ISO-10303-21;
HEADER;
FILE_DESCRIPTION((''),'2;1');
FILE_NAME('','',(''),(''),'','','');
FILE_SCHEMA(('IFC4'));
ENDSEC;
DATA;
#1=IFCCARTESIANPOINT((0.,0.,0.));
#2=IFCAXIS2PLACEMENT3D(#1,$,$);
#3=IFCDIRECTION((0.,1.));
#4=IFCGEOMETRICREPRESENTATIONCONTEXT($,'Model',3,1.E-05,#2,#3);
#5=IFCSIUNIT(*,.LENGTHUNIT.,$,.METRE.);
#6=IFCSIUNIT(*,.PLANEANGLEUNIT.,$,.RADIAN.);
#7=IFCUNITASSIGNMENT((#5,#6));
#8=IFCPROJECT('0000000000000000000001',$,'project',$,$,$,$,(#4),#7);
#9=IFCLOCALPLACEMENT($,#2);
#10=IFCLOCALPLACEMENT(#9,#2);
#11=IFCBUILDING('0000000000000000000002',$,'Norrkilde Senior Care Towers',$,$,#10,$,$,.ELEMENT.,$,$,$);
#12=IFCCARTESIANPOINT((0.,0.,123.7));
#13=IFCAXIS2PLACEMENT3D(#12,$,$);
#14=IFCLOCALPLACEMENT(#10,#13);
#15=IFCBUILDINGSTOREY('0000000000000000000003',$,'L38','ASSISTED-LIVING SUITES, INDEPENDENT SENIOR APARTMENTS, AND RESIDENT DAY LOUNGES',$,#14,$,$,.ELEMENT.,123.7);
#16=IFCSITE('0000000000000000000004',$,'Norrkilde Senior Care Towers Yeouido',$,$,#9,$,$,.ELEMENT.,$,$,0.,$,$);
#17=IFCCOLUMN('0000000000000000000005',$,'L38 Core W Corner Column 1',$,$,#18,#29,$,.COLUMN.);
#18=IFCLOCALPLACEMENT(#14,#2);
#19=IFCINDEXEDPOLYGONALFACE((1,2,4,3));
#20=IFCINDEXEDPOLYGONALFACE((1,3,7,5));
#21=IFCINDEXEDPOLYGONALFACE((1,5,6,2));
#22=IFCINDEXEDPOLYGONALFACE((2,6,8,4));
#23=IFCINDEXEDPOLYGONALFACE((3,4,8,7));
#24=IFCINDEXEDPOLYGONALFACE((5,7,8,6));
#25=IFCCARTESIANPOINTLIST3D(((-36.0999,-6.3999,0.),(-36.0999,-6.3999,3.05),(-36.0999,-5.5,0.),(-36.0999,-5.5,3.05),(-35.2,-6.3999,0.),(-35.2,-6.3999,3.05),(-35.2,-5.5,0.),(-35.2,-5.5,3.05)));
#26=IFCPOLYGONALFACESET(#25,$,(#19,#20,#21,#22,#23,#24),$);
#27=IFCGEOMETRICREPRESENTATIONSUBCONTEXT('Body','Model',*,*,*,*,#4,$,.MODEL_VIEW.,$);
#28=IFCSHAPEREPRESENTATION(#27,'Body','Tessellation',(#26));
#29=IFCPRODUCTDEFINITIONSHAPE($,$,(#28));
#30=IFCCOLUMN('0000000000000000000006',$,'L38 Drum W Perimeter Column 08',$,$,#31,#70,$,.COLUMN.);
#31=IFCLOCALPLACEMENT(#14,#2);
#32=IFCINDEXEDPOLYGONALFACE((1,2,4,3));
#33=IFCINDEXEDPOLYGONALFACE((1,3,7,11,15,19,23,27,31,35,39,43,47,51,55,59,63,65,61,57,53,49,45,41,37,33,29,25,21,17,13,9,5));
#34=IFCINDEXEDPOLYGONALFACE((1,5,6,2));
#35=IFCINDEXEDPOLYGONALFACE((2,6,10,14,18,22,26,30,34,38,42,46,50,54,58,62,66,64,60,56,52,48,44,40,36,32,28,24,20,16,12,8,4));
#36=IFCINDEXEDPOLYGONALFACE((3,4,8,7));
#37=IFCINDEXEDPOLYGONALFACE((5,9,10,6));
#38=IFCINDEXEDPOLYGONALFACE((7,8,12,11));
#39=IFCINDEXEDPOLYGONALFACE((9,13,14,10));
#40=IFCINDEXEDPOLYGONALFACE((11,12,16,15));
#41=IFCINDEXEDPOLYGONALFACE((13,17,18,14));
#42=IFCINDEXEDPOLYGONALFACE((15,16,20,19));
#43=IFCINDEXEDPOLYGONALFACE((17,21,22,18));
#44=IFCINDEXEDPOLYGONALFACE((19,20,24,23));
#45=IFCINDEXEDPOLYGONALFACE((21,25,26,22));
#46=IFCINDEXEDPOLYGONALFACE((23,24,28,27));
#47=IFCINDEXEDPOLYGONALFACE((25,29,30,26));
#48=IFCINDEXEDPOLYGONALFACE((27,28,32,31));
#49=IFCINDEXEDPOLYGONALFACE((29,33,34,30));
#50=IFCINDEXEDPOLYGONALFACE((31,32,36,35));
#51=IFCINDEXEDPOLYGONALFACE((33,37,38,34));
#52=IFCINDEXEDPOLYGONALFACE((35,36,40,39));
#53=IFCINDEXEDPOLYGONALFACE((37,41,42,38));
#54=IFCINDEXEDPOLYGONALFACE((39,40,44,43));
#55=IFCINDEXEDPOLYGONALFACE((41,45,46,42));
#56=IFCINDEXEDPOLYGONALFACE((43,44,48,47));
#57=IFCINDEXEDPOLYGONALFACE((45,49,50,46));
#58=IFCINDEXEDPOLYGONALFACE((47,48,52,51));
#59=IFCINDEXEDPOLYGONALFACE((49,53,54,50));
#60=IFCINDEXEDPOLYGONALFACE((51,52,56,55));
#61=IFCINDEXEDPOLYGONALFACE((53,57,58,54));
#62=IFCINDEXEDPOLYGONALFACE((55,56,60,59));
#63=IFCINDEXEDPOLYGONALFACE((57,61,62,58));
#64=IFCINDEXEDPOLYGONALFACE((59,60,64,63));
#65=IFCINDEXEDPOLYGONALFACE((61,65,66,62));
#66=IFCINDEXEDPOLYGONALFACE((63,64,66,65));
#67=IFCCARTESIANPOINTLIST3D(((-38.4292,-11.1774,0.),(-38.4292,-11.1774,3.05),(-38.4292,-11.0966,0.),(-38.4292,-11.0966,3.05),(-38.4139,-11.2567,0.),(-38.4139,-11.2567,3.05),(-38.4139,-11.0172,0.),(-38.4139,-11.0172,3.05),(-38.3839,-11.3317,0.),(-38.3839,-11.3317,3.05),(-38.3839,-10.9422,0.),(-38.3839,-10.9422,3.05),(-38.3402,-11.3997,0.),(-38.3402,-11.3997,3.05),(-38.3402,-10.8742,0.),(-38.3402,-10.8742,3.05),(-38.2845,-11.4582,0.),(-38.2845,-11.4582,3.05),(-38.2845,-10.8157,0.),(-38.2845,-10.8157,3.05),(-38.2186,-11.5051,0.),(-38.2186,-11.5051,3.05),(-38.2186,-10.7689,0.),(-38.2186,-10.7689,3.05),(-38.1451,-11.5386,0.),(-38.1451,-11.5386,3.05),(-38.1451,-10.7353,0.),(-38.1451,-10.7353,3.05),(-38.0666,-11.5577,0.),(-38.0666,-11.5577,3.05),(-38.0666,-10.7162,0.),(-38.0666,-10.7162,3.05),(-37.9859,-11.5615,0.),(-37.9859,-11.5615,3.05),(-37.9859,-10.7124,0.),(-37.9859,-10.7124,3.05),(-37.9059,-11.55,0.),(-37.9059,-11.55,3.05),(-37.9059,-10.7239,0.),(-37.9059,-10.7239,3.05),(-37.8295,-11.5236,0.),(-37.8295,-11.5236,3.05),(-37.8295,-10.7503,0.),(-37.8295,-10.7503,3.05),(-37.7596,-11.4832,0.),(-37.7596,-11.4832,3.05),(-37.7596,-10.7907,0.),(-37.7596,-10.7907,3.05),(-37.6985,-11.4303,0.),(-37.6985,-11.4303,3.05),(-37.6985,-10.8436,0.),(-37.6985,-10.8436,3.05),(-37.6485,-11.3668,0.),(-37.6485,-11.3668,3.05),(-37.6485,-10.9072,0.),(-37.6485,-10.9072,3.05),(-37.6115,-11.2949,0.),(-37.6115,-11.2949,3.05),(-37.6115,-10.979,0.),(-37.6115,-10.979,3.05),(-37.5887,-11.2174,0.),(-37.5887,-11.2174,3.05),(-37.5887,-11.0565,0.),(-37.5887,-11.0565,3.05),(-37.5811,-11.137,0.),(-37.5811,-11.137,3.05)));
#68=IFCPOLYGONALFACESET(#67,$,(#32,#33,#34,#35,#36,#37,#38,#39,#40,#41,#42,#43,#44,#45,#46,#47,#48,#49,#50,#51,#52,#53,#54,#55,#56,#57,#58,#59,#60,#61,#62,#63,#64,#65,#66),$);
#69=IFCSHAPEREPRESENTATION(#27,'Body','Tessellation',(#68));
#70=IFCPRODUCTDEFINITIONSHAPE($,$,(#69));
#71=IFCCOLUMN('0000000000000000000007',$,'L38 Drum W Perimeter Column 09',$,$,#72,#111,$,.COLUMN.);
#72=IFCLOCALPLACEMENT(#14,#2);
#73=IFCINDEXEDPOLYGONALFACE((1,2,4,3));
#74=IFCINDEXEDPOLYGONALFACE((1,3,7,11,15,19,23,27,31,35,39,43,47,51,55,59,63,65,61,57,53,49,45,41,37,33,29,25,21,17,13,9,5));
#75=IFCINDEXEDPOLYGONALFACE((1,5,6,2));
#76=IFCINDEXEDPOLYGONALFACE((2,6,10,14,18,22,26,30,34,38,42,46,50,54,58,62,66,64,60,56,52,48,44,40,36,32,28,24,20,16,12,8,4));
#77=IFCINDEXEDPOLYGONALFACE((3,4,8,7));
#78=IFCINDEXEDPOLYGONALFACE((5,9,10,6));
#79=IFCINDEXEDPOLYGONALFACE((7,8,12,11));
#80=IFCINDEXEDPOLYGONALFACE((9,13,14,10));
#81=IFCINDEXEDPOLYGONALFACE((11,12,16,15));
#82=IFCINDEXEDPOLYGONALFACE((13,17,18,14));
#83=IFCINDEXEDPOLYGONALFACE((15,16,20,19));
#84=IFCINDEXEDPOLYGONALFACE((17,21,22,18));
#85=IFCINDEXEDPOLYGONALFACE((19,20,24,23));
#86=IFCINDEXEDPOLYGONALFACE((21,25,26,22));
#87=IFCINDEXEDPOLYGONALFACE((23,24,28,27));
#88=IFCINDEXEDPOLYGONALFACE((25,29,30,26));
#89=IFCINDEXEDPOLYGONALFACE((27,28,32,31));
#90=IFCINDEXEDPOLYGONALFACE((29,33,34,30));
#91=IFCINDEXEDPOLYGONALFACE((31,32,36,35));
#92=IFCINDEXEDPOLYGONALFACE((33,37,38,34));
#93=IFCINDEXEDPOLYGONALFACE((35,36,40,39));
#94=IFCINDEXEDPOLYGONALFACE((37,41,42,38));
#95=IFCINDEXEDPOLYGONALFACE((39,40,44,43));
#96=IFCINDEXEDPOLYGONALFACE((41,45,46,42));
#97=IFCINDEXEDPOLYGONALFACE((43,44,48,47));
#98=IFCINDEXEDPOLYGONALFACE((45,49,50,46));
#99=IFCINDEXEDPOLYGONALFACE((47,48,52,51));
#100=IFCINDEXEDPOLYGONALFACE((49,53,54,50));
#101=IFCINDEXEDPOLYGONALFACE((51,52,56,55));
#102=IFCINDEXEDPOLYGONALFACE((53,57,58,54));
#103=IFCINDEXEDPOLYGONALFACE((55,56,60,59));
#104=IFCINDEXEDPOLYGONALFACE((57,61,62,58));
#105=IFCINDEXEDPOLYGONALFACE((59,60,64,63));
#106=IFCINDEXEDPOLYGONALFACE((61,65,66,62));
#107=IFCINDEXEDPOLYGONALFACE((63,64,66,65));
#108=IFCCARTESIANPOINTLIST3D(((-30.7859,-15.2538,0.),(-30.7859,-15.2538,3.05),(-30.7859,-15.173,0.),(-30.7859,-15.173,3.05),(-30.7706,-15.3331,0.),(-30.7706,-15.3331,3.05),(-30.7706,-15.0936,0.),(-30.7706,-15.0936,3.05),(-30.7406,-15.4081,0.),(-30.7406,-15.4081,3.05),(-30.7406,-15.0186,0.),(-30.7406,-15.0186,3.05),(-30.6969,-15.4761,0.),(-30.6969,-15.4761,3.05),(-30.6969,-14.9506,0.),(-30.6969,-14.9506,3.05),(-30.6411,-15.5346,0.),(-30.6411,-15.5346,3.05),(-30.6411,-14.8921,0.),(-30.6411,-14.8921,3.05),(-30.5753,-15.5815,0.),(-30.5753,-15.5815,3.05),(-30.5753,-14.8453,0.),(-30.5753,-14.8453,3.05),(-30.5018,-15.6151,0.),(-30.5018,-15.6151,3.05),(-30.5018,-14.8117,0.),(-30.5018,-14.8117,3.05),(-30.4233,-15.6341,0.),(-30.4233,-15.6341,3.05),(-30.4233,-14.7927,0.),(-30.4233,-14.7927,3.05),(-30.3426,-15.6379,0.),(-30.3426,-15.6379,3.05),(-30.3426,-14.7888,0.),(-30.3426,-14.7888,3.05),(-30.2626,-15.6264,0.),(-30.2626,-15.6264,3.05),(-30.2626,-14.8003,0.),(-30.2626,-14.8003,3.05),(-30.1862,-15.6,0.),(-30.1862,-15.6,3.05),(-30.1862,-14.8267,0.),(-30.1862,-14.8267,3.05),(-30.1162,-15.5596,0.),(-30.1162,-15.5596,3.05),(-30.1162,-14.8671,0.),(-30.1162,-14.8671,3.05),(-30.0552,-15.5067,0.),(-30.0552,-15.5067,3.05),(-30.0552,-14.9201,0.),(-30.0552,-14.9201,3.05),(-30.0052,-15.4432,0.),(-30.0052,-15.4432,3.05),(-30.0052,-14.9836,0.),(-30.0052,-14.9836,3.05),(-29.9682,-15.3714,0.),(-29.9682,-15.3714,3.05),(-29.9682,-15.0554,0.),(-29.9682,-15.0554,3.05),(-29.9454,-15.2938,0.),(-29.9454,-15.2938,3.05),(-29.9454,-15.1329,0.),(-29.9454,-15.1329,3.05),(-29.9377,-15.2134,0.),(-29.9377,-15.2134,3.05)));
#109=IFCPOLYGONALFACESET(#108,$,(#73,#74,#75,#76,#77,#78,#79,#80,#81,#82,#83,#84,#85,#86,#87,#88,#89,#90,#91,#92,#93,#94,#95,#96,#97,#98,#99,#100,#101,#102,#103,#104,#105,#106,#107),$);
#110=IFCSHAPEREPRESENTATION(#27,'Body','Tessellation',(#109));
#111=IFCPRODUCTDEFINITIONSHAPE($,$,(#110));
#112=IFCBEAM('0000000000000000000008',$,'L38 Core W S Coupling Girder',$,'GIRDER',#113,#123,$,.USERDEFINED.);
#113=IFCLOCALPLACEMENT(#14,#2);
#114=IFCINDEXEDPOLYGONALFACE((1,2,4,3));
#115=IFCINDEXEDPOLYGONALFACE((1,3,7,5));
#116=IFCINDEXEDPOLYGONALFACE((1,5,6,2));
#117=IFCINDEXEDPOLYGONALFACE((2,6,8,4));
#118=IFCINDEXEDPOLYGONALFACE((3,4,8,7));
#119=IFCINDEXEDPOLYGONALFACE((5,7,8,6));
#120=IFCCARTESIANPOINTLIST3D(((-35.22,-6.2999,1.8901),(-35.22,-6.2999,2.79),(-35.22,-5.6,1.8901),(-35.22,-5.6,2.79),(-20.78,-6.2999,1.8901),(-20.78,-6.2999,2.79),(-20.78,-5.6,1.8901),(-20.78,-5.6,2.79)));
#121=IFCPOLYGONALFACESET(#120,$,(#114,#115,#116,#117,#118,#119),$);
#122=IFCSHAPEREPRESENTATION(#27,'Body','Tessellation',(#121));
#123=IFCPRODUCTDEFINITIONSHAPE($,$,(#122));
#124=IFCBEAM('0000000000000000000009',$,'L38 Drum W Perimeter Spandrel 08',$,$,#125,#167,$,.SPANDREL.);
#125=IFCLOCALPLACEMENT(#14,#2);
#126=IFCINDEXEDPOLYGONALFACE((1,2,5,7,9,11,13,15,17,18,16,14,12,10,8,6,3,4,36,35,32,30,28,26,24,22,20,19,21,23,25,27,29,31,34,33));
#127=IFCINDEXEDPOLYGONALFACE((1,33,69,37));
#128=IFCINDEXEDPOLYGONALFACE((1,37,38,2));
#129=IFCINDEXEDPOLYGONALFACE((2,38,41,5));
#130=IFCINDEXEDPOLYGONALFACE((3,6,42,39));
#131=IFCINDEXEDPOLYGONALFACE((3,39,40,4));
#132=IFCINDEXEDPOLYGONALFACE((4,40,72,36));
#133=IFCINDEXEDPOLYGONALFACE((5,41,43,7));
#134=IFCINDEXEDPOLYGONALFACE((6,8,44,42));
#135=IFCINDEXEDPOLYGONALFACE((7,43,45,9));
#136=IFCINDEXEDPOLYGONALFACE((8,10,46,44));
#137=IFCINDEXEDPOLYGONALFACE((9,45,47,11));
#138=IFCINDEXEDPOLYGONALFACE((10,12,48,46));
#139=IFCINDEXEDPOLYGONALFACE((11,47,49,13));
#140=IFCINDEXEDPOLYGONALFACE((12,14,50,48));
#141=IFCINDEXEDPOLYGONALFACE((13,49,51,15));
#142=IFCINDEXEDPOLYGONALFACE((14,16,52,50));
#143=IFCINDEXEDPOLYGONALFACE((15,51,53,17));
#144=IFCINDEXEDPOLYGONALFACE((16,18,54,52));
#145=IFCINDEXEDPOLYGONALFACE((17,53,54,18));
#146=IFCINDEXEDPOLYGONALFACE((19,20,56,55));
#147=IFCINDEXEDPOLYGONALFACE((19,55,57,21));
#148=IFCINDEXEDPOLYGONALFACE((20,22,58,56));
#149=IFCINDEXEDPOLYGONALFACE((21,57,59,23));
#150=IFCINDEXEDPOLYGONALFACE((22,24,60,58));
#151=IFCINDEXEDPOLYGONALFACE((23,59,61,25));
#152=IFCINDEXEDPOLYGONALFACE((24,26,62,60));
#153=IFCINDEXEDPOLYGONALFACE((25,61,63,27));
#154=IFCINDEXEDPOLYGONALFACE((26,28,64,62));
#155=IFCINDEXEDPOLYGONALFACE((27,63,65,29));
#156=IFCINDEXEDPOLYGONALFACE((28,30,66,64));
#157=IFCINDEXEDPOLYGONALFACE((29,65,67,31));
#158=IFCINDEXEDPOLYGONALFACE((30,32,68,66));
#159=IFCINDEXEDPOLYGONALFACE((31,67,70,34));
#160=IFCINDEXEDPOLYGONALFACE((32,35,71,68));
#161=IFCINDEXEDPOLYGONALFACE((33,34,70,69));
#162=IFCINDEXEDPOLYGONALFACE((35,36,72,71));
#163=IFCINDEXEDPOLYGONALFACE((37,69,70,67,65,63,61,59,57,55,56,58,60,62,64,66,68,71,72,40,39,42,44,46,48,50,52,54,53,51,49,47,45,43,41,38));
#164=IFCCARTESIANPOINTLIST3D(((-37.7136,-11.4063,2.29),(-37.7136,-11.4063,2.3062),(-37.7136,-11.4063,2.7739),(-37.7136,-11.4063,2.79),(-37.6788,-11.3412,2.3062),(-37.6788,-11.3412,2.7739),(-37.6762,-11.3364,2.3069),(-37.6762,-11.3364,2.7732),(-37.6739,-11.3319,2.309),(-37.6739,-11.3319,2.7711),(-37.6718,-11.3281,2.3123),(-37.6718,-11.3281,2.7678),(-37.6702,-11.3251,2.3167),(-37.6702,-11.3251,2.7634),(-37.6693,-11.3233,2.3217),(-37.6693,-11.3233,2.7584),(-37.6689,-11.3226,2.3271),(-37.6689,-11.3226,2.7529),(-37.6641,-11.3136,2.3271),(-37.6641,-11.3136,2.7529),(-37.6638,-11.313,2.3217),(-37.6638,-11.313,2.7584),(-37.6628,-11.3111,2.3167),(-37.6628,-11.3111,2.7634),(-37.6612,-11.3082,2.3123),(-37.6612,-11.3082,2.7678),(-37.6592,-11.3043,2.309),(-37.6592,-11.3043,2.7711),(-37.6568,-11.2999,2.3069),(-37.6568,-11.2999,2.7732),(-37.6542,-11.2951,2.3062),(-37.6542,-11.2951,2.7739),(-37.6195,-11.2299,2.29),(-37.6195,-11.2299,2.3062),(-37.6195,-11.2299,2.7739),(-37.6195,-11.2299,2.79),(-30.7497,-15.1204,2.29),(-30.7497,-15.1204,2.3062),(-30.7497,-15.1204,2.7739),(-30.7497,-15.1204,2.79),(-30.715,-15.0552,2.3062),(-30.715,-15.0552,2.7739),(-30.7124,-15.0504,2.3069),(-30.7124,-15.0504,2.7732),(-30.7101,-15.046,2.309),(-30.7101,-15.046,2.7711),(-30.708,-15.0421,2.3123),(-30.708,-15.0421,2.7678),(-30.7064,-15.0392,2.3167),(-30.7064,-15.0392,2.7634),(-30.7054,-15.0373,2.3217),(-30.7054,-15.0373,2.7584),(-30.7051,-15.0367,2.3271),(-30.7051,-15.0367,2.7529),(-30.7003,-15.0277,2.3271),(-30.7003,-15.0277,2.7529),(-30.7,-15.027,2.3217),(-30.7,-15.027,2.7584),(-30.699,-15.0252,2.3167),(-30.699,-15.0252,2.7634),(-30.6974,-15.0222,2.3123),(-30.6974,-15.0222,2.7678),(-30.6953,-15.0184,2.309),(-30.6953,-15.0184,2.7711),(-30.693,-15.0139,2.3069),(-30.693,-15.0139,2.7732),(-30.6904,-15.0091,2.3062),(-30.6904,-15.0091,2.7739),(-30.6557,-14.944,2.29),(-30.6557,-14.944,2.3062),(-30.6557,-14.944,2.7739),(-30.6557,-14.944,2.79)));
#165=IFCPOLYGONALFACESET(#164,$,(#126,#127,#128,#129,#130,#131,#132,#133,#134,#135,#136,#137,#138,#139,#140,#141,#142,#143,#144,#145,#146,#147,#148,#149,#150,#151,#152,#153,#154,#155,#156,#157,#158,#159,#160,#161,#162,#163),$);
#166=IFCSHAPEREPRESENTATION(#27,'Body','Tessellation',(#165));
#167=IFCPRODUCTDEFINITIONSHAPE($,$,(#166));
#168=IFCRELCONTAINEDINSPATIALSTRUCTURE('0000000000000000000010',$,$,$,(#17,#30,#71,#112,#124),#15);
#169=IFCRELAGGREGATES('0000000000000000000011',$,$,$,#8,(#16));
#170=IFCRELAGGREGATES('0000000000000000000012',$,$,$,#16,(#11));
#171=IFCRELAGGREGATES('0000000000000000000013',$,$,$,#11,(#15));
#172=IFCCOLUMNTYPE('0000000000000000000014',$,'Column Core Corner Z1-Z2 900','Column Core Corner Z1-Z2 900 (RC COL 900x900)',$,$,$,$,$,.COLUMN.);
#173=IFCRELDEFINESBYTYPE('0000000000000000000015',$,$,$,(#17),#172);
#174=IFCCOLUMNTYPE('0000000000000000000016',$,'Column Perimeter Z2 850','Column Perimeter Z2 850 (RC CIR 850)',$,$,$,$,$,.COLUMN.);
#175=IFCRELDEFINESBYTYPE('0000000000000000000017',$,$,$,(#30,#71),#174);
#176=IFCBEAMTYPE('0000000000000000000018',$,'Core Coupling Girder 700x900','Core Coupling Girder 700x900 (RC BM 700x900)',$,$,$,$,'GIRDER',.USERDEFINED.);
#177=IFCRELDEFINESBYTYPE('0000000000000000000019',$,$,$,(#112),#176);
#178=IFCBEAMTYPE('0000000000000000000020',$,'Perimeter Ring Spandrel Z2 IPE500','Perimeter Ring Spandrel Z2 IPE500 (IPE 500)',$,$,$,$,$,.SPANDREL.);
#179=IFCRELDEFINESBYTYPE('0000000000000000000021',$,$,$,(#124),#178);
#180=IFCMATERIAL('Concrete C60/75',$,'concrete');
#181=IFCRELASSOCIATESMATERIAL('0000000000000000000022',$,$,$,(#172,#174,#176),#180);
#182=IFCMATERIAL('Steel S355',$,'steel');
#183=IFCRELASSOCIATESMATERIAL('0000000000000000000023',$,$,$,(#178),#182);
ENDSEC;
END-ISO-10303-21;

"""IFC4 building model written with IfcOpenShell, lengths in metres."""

from ifc_helpers import new_model, si_unit, direction, frame, origin, origin_2d, place, context, subcontext, project, spatial, rectangle, circle, i_section, extrude, source, transform, mapped, material, material_profile, profile_set, type_object, type_shapes, element, save


model = new_model("IFC4")

# Units and contexts
model_context = context("Model", 3, precision=1e-05, world=origin(), true_north=direction((0.0, 1.0)))
body_context = subcontext(model_context, "Body", "Model", "MODEL_VIEW")
ifc_project = project(units=[si_unit("LENGTHUNIT", "METRE"), si_unit("PLANEANGLEUNIT", "RADIAN")], contexts=[model_context])

# Site, building, storey
site_placement = place(None, origin())
site = spatial("IfcSite", under=ifc_project, at=site_placement, Name="Norrkilde Senior Care Towers Yeouido", CompositionType="ELEMENT", RefElevation=0.0)
building_placement = place(site_placement, origin())
building = spatial("IfcBuilding", under=site, at=building_placement, Name="Norrkilde Senior Care Towers", CompositionType="ELEMENT")
storey_placement = place(building_placement, frame((0.0, 0.0, 123.7)))
storey = spatial("IfcBuildingStorey", under=building, at=storey_placement, Name="L38", Description="ASSISTED-LIVING SUITES, INDEPENDENT SENIOR APARTMENTS, AND RESIDENT DAY LOUNGES", CompositionType="ELEMENT", Elevation=123.7)

# Columns
ifc_material_1 = material(Name="Concrete C60/75", Category="concrete")
ifc_material_profile_1 = material_profile(ifc_material_1, rectangle(XDim=0.8999, YDim=0.8999, at=origin_2d()), Name="RC COL 900x900")
ifc_profile_set_1 = profile_set([ifc_material_profile_1], Name="Concrete C60/75")
column_type_1 = type_object("IfcColumnType", Name="Column Core Corner Z1-Z2 900", Description="Column Core Corner Z1-Z2 900 (RC COL 900x900)", PredefinedType="COLUMN", material=ifc_profile_set_1)
shared_shape_1 = source(origin(), body_context, "Body", "SweptSolid", [
    extrude(rectangle(XDim=0.8999, YDim=0.8999, at=origin_2d()), origin(), (0.0, 0.0, 1.0), 3.05),
])
type_shapes(column_type_1, [shared_shape_1])
column_placement = place(storey_placement, frame((-35.6499, -5.95, 0.0), z_axis=(0.0, 0.0, 1.0), x_axis=(1.0, 0.0, 0.0)))
element("IfcColumn", 1, at=column_placement, inside=storey, type_object=column_type_1, Name="L38 Core W Corner Column 1", PredefinedType="COLUMN", context=body_context, shape_type="MappedRepresentation", body=[
    mapped(shared_shape_1, transform((0.0, 0.0, 0.0), x_axis=(1.0, 0.0, 0.0), y_axis=(0.0, 1.0, 0.0), z_axis=(0.0, 0.0, 1.0), scale=1.0)),
])
ifc_material_profile_2 = material_profile(ifc_material_1, circle(Radius=0.425, at=origin_2d()), Name="RC CIR 850")
ifc_profile_set_2 = profile_set([ifc_material_profile_2], Name="Concrete C60/75")
column_type_2 = type_object("IfcColumnType", Name="Column Perimeter Z2 850", Description="Column Perimeter Z2 850 (RC CIR 850)", PredefinedType="COLUMN", material=ifc_profile_set_2)
shared_shape_2 = source(origin(), body_context, "Body", "SweptSolid", [
    extrude(circle(Radius=0.425, at=origin_2d()), origin(), (0.0, 0.0, 1.0), 3.05),
])
type_shapes(column_type_2, [shared_shape_2])
for number, where, z_axis, x_axis, name in (
    (2, (-38.0061, -11.137, 0.0), (0.0, 0.0, 1.0), (1.0, 0.0, 0.0), "L38 Drum W Perimeter Column 08"),
    (3, (-30.3628, -15.2134, 0.0), (0.0, 0.0, 1.0), (1.0, 0.0, 0.0), "L38 Drum W Perimeter Column 09"),
):
    element("IfcColumn", number, at=place(storey_placement, frame(where, z_axis=z_axis, x_axis=x_axis)), inside=storey, type_object=column_type_2, Name=name, PredefinedType="COLUMN", context=body_context, shape_type="MappedRepresentation", body=[
        mapped(shared_shape_2, transform((0.0, 0.0, 0.0), x_axis=(1.0, 0.0, 0.0), y_axis=(0.0, 1.0, 0.0), z_axis=(0.0, 0.0, 1.0), scale=1.0)),
    ])

# Beams
ifc_material_profile_3 = material_profile(ifc_material_1, rectangle(XDim=0.7, YDim=0.8999, at=origin_2d()), Name="RC BM 700x900")
ifc_profile_set_3 = profile_set([ifc_material_profile_3], Name="Concrete C60/75")
beam_type_1 = type_object("IfcBeamType", Name="Core Coupling Girder 700x900", Description="Core Coupling Girder 700x900 (RC BM 700x900)", ElementType="GIRDER", PredefinedType="USERDEFINED", material=ifc_profile_set_3)
shared_shape_3 = source(origin(), body_context, "Body", "SweptSolid", [
    extrude(rectangle(XDim=0.7, YDim=0.8999, at=origin_2d()), origin(), (0.0, 0.0, 1.0), 14.4399),
])
type_shapes(beam_type_1, [shared_shape_3])
beam_1_placement = place(storey_placement, frame((-35.22, -5.95, 2.3401), z_axis=(1.0, 0.0, 0.0), x_axis=(0.0, 1.0, 0.0)))
element("IfcBeam", 4, at=beam_1_placement, inside=storey, type_object=beam_type_1, Name="L38 Core W S Coupling Girder", ObjectType="GIRDER", PredefinedType="USERDEFINED", context=body_context, shape_type="MappedRepresentation", body=[
    mapped(shared_shape_3, transform((0.0, 0.0, 0.0), x_axis=(1.0, 0.0, 0.0), y_axis=(0.0, 1.0, 0.0), z_axis=(0.0, 0.0, 1.0), scale=1.0)),
])
ifc_material_2 = material(Name="Steel S355", Category="steel")
ifc_material_profile_4 = material_profile(ifc_material_2, i_section(OverallWidth=0.2, OverallDepth=0.5, WebThickness=0.0103, FlangeThickness=0.0161, FilletRadius=0.021, at=origin_2d()), Name="IPE 500")
ifc_profile_set_4 = profile_set([ifc_material_profile_4], Name="Steel S355")
beam_type_2 = type_object("IfcBeamType", Name="Perimeter Ring Spandrel Z2 IPE500", Description="Perimeter Ring Spandrel Z2 IPE500 (IPE 500)", PredefinedType="SPANDREL", material=ifc_profile_set_4)
shared_shape_4 = source(origin(), body_context, "Body", "SweptSolid", [
    extrude(i_section(OverallWidth=0.2, OverallDepth=0.5, WebThickness=0.0103, FlangeThickness=0.0161, FilletRadius=0.021, at=origin_2d()), origin(), (0.0, 0.0, 1.0), 7.8923),
])
beam_2_placement = place(storey_placement, frame((-37.6665, -11.3181, 2.54), z_axis=(0.88235, -0.470593, 0.0), x_axis=(0.470593, 0.88235, 0.0)))
element("IfcBeam", 5, at=beam_2_placement, inside=storey, type_object=beam_type_2, Name="L38 Drum W Perimeter Spandrel 08", PredefinedType="SPANDREL", context=body_context, shape_type="MappedRepresentation", body=[
    mapped(shared_shape_4, transform((0.0, 0.0, 0.0), x_axis=(1.0, 0.0, 0.0), y_axis=(0.0, 1.0, 0.0), z_axis=(0.0, 0.0, 1.0), scale=1.0)),
])

save(model, "model.ifc")
